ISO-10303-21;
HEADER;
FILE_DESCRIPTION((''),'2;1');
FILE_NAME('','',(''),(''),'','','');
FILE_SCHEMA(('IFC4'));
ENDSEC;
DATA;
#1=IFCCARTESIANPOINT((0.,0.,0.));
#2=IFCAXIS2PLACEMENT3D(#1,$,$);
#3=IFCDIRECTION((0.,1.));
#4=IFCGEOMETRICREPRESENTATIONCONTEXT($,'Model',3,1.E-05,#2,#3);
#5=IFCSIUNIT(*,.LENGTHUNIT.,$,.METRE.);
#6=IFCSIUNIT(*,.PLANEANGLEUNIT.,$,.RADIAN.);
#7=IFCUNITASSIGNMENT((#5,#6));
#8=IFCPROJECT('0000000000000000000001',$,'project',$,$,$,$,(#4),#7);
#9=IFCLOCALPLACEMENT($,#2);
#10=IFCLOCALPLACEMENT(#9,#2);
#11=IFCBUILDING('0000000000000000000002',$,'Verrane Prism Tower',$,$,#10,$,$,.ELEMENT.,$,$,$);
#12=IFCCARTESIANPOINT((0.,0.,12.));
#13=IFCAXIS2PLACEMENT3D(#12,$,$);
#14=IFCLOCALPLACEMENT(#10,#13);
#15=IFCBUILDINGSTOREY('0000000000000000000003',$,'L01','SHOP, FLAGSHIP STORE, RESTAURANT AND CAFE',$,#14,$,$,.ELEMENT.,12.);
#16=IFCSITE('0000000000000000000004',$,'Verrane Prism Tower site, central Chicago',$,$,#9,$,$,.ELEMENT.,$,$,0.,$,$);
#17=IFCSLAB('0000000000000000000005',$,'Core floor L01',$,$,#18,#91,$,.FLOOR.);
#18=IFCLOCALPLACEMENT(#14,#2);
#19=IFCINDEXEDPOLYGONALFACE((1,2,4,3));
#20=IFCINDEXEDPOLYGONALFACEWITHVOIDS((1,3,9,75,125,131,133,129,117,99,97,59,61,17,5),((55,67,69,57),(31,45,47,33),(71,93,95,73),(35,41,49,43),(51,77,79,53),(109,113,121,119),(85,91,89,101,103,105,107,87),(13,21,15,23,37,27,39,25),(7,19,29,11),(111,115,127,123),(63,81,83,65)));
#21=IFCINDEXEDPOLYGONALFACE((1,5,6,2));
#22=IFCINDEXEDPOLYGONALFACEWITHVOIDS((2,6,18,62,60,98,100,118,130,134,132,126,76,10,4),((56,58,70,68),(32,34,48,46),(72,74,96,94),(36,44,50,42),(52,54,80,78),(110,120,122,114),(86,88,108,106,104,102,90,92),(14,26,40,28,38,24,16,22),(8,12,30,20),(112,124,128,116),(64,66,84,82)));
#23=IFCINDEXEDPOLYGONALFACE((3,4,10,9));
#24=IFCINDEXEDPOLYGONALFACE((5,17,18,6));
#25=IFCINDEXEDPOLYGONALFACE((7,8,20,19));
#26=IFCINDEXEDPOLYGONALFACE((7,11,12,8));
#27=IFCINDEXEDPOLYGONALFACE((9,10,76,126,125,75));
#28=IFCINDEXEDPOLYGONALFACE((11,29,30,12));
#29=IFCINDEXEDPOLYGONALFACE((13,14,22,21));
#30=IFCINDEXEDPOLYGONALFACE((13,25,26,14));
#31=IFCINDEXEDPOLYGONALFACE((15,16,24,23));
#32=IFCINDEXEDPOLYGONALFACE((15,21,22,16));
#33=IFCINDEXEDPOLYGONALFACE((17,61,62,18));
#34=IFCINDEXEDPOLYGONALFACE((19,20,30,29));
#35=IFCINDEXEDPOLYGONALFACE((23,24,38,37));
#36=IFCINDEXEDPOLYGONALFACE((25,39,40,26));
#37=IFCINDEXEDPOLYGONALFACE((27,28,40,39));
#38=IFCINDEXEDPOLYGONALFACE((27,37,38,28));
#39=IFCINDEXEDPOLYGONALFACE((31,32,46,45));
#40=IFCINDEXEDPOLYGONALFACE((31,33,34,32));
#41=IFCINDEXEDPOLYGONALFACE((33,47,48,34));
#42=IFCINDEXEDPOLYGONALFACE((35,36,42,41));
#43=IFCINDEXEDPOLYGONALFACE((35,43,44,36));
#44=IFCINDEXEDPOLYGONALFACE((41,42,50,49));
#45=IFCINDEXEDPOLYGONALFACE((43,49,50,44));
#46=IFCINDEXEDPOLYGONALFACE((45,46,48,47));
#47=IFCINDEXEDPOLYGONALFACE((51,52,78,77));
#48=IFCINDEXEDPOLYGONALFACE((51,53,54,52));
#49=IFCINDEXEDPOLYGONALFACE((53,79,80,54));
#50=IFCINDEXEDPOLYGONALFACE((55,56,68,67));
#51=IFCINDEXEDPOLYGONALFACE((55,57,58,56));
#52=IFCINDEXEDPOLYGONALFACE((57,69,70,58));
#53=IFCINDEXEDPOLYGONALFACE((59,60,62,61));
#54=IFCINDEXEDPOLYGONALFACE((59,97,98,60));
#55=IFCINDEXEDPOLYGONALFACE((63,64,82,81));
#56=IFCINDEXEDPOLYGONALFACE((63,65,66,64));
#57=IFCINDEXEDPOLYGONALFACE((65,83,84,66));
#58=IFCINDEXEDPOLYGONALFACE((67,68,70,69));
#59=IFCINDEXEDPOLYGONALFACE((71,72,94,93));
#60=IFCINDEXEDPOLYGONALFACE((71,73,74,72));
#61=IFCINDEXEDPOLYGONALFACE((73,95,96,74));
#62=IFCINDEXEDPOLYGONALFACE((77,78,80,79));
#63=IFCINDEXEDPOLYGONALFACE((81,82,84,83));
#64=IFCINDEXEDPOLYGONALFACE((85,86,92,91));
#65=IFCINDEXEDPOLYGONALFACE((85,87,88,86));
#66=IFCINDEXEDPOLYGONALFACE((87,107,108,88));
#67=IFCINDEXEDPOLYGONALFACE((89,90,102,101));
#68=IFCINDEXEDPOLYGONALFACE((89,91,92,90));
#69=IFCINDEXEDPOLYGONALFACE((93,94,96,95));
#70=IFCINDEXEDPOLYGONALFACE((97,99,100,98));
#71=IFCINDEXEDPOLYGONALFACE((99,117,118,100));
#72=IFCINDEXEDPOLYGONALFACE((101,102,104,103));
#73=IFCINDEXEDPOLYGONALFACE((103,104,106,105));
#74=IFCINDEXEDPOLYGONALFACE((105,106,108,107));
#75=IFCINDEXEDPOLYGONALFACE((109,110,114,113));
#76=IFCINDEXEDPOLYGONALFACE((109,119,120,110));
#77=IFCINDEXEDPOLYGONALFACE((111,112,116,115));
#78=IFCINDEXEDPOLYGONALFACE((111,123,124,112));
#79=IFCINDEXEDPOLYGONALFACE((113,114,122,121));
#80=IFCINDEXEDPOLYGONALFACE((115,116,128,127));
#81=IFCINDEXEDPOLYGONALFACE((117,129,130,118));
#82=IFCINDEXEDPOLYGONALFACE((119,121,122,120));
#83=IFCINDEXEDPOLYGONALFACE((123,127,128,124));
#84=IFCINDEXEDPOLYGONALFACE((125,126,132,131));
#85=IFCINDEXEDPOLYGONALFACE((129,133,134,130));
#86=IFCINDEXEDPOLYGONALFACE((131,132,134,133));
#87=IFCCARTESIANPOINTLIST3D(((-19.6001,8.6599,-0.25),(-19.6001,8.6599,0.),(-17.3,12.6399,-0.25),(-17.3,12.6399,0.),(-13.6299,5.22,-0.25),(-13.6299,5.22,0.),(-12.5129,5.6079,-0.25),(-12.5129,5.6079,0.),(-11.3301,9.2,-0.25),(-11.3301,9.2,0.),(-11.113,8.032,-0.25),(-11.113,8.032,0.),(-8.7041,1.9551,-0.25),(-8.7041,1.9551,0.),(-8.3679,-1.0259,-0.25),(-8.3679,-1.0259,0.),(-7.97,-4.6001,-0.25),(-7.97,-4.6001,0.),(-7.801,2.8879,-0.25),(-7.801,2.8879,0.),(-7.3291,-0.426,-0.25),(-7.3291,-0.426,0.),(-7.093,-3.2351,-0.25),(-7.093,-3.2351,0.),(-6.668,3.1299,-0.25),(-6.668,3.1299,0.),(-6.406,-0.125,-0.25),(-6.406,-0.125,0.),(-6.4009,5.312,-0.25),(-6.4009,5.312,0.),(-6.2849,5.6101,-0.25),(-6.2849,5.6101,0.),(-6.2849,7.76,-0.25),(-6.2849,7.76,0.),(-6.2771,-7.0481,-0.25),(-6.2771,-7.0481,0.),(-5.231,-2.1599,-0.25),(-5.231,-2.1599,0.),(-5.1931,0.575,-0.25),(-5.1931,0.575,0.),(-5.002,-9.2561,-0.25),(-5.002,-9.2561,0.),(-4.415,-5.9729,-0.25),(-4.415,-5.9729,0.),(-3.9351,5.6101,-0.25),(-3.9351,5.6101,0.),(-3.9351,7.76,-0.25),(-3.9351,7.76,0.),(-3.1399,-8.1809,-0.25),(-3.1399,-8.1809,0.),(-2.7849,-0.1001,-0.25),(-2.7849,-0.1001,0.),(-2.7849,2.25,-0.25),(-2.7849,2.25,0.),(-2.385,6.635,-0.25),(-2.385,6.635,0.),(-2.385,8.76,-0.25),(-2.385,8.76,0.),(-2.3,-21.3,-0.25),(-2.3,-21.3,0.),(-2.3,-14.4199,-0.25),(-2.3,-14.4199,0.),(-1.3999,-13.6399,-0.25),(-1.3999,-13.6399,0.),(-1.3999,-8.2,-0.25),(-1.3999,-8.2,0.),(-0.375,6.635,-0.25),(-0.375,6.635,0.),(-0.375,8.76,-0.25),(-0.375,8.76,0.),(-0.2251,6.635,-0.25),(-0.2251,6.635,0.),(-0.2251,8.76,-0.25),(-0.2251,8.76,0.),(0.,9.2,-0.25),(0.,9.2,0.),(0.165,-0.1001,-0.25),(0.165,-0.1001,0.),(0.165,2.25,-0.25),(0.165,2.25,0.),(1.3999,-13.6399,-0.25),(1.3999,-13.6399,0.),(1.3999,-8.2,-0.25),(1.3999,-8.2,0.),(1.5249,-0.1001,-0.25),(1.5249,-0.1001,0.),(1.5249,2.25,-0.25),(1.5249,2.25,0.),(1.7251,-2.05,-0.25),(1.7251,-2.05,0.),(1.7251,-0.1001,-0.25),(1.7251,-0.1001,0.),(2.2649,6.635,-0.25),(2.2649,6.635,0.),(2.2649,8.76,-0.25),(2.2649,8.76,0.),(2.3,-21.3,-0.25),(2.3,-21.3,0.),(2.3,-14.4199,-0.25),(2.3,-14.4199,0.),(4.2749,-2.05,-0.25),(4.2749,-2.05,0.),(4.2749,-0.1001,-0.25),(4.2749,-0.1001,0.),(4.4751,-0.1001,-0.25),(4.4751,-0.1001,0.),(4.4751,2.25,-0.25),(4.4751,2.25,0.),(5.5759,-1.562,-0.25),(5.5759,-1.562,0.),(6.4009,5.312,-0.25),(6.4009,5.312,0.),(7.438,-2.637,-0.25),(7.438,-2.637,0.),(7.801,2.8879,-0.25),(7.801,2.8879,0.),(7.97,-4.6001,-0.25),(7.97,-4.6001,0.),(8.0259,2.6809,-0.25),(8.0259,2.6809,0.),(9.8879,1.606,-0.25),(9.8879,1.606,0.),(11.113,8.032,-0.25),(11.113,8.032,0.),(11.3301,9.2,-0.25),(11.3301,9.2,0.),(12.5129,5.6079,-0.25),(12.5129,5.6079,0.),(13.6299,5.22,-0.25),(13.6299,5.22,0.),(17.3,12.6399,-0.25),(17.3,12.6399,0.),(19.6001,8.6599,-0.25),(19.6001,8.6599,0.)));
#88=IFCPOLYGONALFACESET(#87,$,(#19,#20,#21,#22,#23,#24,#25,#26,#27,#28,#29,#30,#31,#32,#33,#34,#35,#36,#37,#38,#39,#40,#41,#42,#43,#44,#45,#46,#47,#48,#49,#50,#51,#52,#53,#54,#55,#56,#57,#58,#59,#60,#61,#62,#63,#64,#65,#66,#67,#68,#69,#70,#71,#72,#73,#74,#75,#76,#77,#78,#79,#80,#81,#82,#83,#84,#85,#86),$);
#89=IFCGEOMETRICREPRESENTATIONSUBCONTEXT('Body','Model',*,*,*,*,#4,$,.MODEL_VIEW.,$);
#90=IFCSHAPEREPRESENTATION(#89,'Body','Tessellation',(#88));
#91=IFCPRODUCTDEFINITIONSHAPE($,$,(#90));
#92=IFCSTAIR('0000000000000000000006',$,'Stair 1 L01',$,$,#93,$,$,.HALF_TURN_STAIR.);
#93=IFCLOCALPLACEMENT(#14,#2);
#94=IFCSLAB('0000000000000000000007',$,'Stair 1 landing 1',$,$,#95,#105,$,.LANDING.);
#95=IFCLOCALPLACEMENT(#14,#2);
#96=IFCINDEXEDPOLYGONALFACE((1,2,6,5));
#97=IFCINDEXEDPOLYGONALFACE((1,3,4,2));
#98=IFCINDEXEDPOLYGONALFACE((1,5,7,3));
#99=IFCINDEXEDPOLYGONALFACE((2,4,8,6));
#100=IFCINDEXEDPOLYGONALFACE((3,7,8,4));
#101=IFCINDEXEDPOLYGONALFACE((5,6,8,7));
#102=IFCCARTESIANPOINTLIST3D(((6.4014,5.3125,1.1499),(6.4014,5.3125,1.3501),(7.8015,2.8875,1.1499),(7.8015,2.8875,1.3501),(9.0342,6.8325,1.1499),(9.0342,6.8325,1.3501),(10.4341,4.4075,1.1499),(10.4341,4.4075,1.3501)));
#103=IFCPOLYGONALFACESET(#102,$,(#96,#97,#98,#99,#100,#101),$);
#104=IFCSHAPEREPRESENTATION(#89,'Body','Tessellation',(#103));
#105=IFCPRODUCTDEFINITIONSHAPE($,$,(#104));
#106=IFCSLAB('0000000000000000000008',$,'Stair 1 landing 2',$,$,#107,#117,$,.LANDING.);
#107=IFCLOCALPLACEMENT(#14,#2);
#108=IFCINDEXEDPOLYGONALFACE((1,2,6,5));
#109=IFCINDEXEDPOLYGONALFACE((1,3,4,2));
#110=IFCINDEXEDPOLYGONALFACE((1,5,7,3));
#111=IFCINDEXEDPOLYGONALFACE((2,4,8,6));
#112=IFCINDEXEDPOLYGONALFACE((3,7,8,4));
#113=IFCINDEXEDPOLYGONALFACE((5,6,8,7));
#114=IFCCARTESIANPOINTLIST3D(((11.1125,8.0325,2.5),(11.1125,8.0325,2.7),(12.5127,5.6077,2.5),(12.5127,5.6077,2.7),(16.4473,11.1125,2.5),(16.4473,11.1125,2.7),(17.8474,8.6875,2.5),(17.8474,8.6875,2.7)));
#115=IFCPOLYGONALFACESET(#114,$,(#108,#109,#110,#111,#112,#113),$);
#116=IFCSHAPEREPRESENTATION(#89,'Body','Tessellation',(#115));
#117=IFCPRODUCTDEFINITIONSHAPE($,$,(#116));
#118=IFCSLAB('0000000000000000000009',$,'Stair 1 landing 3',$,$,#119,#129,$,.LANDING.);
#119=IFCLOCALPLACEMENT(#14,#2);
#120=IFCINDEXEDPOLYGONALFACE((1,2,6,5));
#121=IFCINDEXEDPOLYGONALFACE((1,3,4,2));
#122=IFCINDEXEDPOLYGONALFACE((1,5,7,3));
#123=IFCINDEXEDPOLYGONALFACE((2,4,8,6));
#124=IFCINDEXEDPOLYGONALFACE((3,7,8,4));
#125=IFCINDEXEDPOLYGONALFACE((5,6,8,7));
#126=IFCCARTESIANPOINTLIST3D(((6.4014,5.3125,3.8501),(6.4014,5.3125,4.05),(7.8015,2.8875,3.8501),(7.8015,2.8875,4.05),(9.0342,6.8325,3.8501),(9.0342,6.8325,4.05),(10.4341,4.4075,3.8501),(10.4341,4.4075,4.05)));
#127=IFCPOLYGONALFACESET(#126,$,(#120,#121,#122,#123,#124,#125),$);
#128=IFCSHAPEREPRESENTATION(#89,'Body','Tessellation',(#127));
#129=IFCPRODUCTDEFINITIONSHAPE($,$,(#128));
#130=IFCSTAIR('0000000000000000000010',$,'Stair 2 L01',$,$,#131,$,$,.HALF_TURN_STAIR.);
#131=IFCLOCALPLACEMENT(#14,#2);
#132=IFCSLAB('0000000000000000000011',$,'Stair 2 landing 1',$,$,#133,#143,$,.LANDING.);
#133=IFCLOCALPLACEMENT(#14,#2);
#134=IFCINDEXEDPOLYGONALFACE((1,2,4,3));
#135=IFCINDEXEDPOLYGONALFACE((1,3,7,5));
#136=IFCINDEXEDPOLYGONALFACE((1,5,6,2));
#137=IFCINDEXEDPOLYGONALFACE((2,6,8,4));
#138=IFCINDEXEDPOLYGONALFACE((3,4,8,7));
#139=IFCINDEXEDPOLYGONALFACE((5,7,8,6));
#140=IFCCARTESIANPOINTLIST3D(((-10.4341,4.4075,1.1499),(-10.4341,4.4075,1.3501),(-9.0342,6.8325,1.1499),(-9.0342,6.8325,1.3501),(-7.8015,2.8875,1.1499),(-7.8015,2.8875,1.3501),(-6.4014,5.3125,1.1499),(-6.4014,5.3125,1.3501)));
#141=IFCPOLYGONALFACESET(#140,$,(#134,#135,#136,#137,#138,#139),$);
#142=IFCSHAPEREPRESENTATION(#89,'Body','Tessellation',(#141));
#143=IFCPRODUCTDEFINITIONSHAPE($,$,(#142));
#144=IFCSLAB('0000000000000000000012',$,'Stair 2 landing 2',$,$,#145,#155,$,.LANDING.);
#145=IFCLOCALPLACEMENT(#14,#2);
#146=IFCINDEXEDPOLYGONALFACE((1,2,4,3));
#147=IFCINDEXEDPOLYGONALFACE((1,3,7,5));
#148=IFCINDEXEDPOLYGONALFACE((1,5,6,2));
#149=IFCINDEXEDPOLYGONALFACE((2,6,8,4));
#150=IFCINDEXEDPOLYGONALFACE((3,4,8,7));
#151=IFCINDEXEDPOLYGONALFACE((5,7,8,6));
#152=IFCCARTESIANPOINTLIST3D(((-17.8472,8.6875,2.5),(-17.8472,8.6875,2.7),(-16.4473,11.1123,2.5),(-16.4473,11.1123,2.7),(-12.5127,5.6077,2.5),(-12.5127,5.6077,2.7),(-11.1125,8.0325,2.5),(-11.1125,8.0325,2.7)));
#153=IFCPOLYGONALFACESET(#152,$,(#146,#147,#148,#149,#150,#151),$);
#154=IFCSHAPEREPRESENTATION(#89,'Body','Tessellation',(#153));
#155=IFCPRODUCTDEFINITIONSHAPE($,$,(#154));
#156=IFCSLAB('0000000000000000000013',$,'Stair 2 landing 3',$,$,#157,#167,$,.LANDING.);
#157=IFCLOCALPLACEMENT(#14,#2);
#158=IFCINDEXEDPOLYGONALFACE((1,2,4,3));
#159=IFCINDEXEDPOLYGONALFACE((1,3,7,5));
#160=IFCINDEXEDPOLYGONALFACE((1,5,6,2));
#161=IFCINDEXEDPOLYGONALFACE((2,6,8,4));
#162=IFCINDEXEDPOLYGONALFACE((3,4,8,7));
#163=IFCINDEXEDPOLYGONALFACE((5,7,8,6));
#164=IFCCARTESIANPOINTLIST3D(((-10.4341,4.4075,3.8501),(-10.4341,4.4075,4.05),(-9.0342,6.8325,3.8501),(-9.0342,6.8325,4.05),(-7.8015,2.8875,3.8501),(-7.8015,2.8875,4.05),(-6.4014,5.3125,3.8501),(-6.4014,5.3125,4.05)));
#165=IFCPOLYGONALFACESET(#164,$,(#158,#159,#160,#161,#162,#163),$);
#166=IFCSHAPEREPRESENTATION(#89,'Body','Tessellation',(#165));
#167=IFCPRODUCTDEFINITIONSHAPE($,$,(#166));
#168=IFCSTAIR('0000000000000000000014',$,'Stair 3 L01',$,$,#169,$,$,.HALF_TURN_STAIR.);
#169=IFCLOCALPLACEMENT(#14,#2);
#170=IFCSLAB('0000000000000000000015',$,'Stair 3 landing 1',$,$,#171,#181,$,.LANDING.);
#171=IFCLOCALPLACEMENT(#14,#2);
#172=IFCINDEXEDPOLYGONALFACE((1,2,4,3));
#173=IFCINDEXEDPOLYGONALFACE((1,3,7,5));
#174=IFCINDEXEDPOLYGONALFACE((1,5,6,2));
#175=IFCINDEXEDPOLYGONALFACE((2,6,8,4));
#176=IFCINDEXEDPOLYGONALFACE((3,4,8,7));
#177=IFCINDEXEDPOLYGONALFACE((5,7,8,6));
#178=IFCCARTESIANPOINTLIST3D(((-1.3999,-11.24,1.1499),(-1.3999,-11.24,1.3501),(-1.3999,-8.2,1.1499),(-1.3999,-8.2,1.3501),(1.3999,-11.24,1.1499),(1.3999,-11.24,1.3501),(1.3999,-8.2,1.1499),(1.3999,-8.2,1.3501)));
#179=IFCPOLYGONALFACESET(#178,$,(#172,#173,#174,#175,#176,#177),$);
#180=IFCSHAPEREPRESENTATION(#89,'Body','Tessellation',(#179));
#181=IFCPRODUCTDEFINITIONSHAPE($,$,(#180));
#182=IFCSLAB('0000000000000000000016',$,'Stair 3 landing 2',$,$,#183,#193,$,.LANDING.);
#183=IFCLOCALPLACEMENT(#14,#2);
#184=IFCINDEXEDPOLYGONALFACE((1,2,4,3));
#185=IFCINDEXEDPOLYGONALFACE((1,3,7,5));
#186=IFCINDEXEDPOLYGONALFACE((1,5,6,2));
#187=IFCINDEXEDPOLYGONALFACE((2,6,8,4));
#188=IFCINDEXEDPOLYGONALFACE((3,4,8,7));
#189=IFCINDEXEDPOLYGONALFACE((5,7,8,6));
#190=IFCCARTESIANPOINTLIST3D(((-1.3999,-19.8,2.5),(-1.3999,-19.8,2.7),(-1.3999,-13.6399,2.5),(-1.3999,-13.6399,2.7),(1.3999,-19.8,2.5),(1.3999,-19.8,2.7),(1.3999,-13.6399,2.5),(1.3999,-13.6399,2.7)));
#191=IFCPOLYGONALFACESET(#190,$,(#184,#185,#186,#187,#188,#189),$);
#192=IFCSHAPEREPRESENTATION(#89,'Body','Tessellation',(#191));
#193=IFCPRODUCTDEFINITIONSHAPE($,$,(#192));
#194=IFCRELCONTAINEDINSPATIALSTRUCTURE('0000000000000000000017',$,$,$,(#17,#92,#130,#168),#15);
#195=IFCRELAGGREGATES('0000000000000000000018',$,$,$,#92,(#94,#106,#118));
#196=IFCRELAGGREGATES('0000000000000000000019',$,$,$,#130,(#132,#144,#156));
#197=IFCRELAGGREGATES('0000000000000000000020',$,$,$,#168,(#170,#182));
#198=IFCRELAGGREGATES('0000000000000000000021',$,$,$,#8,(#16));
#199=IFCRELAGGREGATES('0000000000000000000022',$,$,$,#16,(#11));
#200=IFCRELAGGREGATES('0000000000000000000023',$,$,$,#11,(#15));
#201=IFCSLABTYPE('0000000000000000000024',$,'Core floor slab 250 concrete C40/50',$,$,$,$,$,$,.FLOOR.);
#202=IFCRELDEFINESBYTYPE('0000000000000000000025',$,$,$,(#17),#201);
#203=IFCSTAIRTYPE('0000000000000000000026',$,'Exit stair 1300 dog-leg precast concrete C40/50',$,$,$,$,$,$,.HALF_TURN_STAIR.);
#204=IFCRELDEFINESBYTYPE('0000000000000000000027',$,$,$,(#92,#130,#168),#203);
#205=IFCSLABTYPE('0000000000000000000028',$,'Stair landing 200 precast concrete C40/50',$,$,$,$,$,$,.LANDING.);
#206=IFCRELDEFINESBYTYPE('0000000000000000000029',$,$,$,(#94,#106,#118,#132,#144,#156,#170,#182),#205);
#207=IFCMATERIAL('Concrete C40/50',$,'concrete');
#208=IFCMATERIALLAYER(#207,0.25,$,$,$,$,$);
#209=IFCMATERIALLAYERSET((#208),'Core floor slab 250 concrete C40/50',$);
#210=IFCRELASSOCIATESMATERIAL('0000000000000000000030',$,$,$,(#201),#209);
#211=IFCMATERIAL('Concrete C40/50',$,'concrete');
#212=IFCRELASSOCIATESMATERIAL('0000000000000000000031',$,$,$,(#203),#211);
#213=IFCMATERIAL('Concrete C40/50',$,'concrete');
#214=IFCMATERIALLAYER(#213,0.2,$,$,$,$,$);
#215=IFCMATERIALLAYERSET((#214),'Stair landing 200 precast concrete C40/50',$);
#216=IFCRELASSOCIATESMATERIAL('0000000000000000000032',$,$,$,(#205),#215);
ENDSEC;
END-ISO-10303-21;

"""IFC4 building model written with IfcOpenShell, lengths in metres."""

from ifc_helpers import new_model, si_unit, direction, frame, origin, place, context, subcontext, project, spatial, polyline, outline, extrude, material, layer, layer_set, type_object, element, aggregate, save


model = new_model("IFC4")

# Units and contexts
model_context = context("Model", 3, precision=1e-05, world=origin(), true_north=direction((0.0, 1.0)))
body_context = subcontext(model_context, "Body", "Model", "MODEL_VIEW")
ifc_project = project(units=[si_unit("LENGTHUNIT", "METRE"), si_unit("PLANEANGLEUNIT", "RADIAN")], contexts=[model_context])

# Site, building, storey
site_placement = place(None, origin())
site = spatial("IfcSite", under=ifc_project, at=site_placement, Name="Verrane Prism Tower site, central Chicago", CompositionType="ELEMENT", RefElevation=0.0)
building_placement = place(site_placement, origin())
building = spatial("IfcBuilding", under=site, at=building_placement, Name="Verrane Prism Tower", CompositionType="ELEMENT")
storey_placement = place(building_placement, frame((0.0, 0.0, 12.0)))
storey = spatial("IfcBuildingStorey", under=building, at=storey_placement, Name="L01", Description="SHOP, FLAGSHIP STORE, RESTAURANT AND CAFE", CompositionType="ELEMENT", Elevation=12.0)

# Slab
ifc_material_1 = material(Name="Concrete C40/50", Category="concrete")
ifc_layer_1 = layer(ifc_material_1, 0.25)
ifc_layer_set_1 = layer_set([ifc_layer_1], Name="Core floor slab 250 concrete C40/50")
slab_type_1 = type_object("IfcSlabType", Name="Core floor slab 250 concrete C40/50", PredefinedType="FLOOR", material=ifc_layer_set_1)
slab_1_placement = place(storey_placement, frame((0.0, 0.0, -0.25)))
element("IfcSlab", 1, at=slab_1_placement, inside=storey, type_object=slab_type_1, Name="Core floor L01", PredefinedType="FLOOR", context=body_context, shape_type="SweptSolid", body=[
    extrude(outline(polyline([(13.6299, 5.22), (19.6001, 8.6599), (17.3, 12.6399), (11.3301, 9.2), (0.0, 9.2), (-11.3301, 9.2), (-17.3, 12.6399), (-19.6001, 8.6599), (-13.6299, 5.22), (-7.97, -4.6001), (-2.3, -14.4199), (-2.3, -21.3), (2.3, -21.3), (2.3, -14.4199), (7.97, -4.6001), (13.6299, 5.22)]), holes=[polyline([(-3.1399, -8.1809), (-5.002, -9.2561), (-6.2771, -7.0481), (-4.415, -5.9729), (-3.1399, -8.1809)]), polyline([(0.165, 2.25), (0.165, -0.1001), (-2.7849, -0.1001), (-2.7849, 2.25), (0.165, 2.25)]), polyline([(-7.801, 2.8879), (-12.5129, 5.6079), (-11.113, 8.032), (-6.4009, 5.312), (-7.801, 2.8879)]), polyline([(-6.2849, 5.6101), (-6.2849, 7.76), (-3.9351, 7.76), (-3.9351, 5.6101), (-6.2849, 5.6101)]), polyline([(-0.375, 6.635), (-2.385, 6.635), (-2.385, 8.76), (-0.375, 8.76), (-0.375, 6.635)]), polyline([(1.3999, -8.2), (1.3999, -13.6399), (-1.3999, -13.6399), (-1.3999, -8.2), (1.3999, -8.2)]), polyline([(4.2749, -2.05), (1.7251, -2.05), (1.7251, -0.1001), (1.5249, -0.1001), (1.5249, 2.25), (4.4751, 2.25), (4.4751, -0.1001), (4.2749, -0.1001), (4.2749, -2.05)]), polyline([(9.8879, 1.606), (7.438, -2.637), (5.5759, -1.562), (8.0259, 2.6809), (9.8879, 1.606)]), polyline([(11.113, 8.032), (12.5129, 5.6079), (7.801, 2.8879), (6.4009, 5.312), (11.113, 8.032)]), polyline([(2.2649, 8.76), (2.2649, 6.635), (-0.2251, 6.635), (-0.2251, 8.76), (2.2649, 8.76)]), polyline([(-5.231, -2.1599), (-7.093, -3.2351), (-8.3679, -1.0259), (-7.3291, -0.426), (-8.7041, 1.9551), (-6.668, 3.1299), (-5.1931, 0.575), (-6.406, -0.125), (-5.231, -2.1599)])]), origin(), (0.0, 0.0, 1.0), 0.25),
])

# Stairs, slabs
ifc_material_2 = material(Name="Concrete C40/50", Category="concrete")
stair_type = type_object("IfcStairType", Name="Exit stair 1300 dog-leg precast concrete C40/50", PredefinedType="HALF_TURN_STAIR", material=ifc_material_2)
stair_1_placement = place(storey_placement, origin())
stair_1 = element("IfcStair", 2, at=stair_1_placement, inside=storey, type_object=stair_type, Name="Stair 1 L01", PredefinedType="HALF_TURN_STAIR")
ifc_material_3 = material(Name="Concrete C40/50", Category="concrete")
ifc_layer_2 = layer(ifc_material_3, 0.2)
ifc_layer_set_2 = layer_set([ifc_layer_2], Name="Stair landing 200 precast concrete C40/50")
slab_type_2 = type_object("IfcSlabType", Name="Stair landing 200 precast concrete C40/50", PredefinedType="LANDING", material=ifc_layer_set_2)
slab_2_placement = place(storey_placement, frame((0.0, 0.0, 1.1499)))
slab_2 = element("IfcSlab", 3, at=slab_2_placement, type_object=slab_type_2, Name="Stair 1 landing 1", PredefinedType="LANDING", context=body_context, shape_type="SweptSolid", body=[
    extrude(outline(polyline([(9.0342, 6.8325), (6.4014, 5.3125), (7.8015, 2.8875), (10.4341, 4.4075), (9.0342, 6.8325)])), origin(), (0.0, 0.0, 1.0), 0.2002),
])
slab_3_placement = place(storey_placement, frame((0.0, 0.0, 2.5)))
slab_3 = element("IfcSlab", 4, at=slab_3_placement, type_object=slab_type_2, Name="Stair 1 landing 2", PredefinedType="LANDING", context=body_context, shape_type="SweptSolid", body=[
    extrude(outline(polyline([(16.4473, 11.1125), (11.1125, 8.0325), (12.5127, 5.6077), (17.8474, 8.6875), (16.4473, 11.1125)])), origin(), (0.0, 0.0, 1.0), 0.2),
])
slab_4_placement = place(storey_placement, frame((0.0, 0.0, 3.8501)))
slab_4 = element("IfcSlab", 5, at=slab_4_placement, type_object=slab_type_2, Name="Stair 1 landing 3", PredefinedType="LANDING", context=body_context, shape_type="SweptSolid", body=[
    extrude(outline(polyline([(9.0342, 6.8325), (6.4014, 5.3125), (7.8015, 2.8875), (10.4341, 4.4075), (9.0342, 6.8325)])), origin(), (0.0, 0.0, 1.0), 0.2),
])
aggregate(stair_1, [slab_2, slab_3, slab_4])
stair_2_placement = place(storey_placement, origin())
stair_2 = element("IfcStair", 6, at=stair_2_placement, inside=storey, type_object=stair_type, Name="Stair 2 L01", PredefinedType="HALF_TURN_STAIR")
slab_5_placement = place(storey_placement, frame((0.0, 0.0, 1.1499)))
slab_5 = element("IfcSlab", 7, at=slab_5_placement, type_object=slab_type_2, Name="Stair 2 landing 1", PredefinedType="LANDING", context=body_context, shape_type="SweptSolid", body=[
    extrude(outline(polyline([(-10.4341, 4.4075), (-7.8015, 2.8875), (-6.4014, 5.3125), (-9.0342, 6.8325), (-10.4341, 4.4075)])), origin(), (0.0, 0.0, 1.0), 0.2002),
])
slab_6_placement = place(storey_placement, frame((0.0, 0.0, 2.5)))
slab_6 = element("IfcSlab", 8, at=slab_6_placement, type_object=slab_type_2, Name="Stair 2 landing 2", PredefinedType="LANDING", context=body_context, shape_type="SweptSolid", body=[
    extrude(outline(polyline([(-17.8472, 8.6875), (-12.5127, 5.6077), (-11.1125, 8.0325), (-16.4473, 11.1123), (-17.8472, 8.6875)])), origin(), (0.0, 0.0, 1.0), 0.2),
])
slab_7_placement = place(storey_placement, frame((0.0, 0.0, 3.8501)))
slab_7 = element("IfcSlab", 9, at=slab_7_placement, type_object=slab_type_2, Name="Stair 2 landing 3", PredefinedType="LANDING", context=body_context, shape_type="SweptSolid", body=[
    extrude(outline(polyline([(-10.4341, 4.4075), (-7.8015, 2.8875), (-6.4014, 5.3125), (-9.0342, 6.8325), (-10.4341, 4.4075)])), origin(), (0.0, 0.0, 1.0), 0.2),
])
aggregate(stair_2, [slab_5, slab_6, slab_7])
stair_3_placement = place(storey_placement, origin())
stair_3 = element("IfcStair", 10, at=stair_3_placement, inside=storey, type_object=stair_type, Name="Stair 3 L01", PredefinedType="HALF_TURN_STAIR")
slab_8_placement = place(storey_placement, frame((0.0, 0.0, 1.1499)))
slab_8 = element("IfcSlab", 11, at=slab_8_placement, type_object=slab_type_2, Name="Stair 3 landing 1", PredefinedType="LANDING", context=body_context, shape_type="SweptSolid", body=[
    extrude(outline(polyline([(1.3999, -11.24), (1.3999, -8.2), (-1.3999, -8.2), (-1.3999, -11.24), (1.3999, -11.24)])), origin(), (0.0, 0.0, 1.0), 0.2002),
])
slab_9_placement = place(storey_placement, frame((0.0, 0.0, 2.5)))
slab_9 = element("IfcSlab", 12, at=slab_9_placement, type_object=slab_type_2, Name="Stair 3 landing 2", PredefinedType="LANDING", context=body_context, shape_type="SweptSolid", body=[
    extrude(outline(polyline([(1.3999, -19.8), (1.3999, -13.6399), (-1.3999, -13.6399), (-1.3999, -19.8), (1.3999, -19.8)])), origin(), (0.0, 0.0, 1.0), 0.2),
])

aggregate(stair_3, [slab_8, slab_9])

save(model, "model.ifc")
